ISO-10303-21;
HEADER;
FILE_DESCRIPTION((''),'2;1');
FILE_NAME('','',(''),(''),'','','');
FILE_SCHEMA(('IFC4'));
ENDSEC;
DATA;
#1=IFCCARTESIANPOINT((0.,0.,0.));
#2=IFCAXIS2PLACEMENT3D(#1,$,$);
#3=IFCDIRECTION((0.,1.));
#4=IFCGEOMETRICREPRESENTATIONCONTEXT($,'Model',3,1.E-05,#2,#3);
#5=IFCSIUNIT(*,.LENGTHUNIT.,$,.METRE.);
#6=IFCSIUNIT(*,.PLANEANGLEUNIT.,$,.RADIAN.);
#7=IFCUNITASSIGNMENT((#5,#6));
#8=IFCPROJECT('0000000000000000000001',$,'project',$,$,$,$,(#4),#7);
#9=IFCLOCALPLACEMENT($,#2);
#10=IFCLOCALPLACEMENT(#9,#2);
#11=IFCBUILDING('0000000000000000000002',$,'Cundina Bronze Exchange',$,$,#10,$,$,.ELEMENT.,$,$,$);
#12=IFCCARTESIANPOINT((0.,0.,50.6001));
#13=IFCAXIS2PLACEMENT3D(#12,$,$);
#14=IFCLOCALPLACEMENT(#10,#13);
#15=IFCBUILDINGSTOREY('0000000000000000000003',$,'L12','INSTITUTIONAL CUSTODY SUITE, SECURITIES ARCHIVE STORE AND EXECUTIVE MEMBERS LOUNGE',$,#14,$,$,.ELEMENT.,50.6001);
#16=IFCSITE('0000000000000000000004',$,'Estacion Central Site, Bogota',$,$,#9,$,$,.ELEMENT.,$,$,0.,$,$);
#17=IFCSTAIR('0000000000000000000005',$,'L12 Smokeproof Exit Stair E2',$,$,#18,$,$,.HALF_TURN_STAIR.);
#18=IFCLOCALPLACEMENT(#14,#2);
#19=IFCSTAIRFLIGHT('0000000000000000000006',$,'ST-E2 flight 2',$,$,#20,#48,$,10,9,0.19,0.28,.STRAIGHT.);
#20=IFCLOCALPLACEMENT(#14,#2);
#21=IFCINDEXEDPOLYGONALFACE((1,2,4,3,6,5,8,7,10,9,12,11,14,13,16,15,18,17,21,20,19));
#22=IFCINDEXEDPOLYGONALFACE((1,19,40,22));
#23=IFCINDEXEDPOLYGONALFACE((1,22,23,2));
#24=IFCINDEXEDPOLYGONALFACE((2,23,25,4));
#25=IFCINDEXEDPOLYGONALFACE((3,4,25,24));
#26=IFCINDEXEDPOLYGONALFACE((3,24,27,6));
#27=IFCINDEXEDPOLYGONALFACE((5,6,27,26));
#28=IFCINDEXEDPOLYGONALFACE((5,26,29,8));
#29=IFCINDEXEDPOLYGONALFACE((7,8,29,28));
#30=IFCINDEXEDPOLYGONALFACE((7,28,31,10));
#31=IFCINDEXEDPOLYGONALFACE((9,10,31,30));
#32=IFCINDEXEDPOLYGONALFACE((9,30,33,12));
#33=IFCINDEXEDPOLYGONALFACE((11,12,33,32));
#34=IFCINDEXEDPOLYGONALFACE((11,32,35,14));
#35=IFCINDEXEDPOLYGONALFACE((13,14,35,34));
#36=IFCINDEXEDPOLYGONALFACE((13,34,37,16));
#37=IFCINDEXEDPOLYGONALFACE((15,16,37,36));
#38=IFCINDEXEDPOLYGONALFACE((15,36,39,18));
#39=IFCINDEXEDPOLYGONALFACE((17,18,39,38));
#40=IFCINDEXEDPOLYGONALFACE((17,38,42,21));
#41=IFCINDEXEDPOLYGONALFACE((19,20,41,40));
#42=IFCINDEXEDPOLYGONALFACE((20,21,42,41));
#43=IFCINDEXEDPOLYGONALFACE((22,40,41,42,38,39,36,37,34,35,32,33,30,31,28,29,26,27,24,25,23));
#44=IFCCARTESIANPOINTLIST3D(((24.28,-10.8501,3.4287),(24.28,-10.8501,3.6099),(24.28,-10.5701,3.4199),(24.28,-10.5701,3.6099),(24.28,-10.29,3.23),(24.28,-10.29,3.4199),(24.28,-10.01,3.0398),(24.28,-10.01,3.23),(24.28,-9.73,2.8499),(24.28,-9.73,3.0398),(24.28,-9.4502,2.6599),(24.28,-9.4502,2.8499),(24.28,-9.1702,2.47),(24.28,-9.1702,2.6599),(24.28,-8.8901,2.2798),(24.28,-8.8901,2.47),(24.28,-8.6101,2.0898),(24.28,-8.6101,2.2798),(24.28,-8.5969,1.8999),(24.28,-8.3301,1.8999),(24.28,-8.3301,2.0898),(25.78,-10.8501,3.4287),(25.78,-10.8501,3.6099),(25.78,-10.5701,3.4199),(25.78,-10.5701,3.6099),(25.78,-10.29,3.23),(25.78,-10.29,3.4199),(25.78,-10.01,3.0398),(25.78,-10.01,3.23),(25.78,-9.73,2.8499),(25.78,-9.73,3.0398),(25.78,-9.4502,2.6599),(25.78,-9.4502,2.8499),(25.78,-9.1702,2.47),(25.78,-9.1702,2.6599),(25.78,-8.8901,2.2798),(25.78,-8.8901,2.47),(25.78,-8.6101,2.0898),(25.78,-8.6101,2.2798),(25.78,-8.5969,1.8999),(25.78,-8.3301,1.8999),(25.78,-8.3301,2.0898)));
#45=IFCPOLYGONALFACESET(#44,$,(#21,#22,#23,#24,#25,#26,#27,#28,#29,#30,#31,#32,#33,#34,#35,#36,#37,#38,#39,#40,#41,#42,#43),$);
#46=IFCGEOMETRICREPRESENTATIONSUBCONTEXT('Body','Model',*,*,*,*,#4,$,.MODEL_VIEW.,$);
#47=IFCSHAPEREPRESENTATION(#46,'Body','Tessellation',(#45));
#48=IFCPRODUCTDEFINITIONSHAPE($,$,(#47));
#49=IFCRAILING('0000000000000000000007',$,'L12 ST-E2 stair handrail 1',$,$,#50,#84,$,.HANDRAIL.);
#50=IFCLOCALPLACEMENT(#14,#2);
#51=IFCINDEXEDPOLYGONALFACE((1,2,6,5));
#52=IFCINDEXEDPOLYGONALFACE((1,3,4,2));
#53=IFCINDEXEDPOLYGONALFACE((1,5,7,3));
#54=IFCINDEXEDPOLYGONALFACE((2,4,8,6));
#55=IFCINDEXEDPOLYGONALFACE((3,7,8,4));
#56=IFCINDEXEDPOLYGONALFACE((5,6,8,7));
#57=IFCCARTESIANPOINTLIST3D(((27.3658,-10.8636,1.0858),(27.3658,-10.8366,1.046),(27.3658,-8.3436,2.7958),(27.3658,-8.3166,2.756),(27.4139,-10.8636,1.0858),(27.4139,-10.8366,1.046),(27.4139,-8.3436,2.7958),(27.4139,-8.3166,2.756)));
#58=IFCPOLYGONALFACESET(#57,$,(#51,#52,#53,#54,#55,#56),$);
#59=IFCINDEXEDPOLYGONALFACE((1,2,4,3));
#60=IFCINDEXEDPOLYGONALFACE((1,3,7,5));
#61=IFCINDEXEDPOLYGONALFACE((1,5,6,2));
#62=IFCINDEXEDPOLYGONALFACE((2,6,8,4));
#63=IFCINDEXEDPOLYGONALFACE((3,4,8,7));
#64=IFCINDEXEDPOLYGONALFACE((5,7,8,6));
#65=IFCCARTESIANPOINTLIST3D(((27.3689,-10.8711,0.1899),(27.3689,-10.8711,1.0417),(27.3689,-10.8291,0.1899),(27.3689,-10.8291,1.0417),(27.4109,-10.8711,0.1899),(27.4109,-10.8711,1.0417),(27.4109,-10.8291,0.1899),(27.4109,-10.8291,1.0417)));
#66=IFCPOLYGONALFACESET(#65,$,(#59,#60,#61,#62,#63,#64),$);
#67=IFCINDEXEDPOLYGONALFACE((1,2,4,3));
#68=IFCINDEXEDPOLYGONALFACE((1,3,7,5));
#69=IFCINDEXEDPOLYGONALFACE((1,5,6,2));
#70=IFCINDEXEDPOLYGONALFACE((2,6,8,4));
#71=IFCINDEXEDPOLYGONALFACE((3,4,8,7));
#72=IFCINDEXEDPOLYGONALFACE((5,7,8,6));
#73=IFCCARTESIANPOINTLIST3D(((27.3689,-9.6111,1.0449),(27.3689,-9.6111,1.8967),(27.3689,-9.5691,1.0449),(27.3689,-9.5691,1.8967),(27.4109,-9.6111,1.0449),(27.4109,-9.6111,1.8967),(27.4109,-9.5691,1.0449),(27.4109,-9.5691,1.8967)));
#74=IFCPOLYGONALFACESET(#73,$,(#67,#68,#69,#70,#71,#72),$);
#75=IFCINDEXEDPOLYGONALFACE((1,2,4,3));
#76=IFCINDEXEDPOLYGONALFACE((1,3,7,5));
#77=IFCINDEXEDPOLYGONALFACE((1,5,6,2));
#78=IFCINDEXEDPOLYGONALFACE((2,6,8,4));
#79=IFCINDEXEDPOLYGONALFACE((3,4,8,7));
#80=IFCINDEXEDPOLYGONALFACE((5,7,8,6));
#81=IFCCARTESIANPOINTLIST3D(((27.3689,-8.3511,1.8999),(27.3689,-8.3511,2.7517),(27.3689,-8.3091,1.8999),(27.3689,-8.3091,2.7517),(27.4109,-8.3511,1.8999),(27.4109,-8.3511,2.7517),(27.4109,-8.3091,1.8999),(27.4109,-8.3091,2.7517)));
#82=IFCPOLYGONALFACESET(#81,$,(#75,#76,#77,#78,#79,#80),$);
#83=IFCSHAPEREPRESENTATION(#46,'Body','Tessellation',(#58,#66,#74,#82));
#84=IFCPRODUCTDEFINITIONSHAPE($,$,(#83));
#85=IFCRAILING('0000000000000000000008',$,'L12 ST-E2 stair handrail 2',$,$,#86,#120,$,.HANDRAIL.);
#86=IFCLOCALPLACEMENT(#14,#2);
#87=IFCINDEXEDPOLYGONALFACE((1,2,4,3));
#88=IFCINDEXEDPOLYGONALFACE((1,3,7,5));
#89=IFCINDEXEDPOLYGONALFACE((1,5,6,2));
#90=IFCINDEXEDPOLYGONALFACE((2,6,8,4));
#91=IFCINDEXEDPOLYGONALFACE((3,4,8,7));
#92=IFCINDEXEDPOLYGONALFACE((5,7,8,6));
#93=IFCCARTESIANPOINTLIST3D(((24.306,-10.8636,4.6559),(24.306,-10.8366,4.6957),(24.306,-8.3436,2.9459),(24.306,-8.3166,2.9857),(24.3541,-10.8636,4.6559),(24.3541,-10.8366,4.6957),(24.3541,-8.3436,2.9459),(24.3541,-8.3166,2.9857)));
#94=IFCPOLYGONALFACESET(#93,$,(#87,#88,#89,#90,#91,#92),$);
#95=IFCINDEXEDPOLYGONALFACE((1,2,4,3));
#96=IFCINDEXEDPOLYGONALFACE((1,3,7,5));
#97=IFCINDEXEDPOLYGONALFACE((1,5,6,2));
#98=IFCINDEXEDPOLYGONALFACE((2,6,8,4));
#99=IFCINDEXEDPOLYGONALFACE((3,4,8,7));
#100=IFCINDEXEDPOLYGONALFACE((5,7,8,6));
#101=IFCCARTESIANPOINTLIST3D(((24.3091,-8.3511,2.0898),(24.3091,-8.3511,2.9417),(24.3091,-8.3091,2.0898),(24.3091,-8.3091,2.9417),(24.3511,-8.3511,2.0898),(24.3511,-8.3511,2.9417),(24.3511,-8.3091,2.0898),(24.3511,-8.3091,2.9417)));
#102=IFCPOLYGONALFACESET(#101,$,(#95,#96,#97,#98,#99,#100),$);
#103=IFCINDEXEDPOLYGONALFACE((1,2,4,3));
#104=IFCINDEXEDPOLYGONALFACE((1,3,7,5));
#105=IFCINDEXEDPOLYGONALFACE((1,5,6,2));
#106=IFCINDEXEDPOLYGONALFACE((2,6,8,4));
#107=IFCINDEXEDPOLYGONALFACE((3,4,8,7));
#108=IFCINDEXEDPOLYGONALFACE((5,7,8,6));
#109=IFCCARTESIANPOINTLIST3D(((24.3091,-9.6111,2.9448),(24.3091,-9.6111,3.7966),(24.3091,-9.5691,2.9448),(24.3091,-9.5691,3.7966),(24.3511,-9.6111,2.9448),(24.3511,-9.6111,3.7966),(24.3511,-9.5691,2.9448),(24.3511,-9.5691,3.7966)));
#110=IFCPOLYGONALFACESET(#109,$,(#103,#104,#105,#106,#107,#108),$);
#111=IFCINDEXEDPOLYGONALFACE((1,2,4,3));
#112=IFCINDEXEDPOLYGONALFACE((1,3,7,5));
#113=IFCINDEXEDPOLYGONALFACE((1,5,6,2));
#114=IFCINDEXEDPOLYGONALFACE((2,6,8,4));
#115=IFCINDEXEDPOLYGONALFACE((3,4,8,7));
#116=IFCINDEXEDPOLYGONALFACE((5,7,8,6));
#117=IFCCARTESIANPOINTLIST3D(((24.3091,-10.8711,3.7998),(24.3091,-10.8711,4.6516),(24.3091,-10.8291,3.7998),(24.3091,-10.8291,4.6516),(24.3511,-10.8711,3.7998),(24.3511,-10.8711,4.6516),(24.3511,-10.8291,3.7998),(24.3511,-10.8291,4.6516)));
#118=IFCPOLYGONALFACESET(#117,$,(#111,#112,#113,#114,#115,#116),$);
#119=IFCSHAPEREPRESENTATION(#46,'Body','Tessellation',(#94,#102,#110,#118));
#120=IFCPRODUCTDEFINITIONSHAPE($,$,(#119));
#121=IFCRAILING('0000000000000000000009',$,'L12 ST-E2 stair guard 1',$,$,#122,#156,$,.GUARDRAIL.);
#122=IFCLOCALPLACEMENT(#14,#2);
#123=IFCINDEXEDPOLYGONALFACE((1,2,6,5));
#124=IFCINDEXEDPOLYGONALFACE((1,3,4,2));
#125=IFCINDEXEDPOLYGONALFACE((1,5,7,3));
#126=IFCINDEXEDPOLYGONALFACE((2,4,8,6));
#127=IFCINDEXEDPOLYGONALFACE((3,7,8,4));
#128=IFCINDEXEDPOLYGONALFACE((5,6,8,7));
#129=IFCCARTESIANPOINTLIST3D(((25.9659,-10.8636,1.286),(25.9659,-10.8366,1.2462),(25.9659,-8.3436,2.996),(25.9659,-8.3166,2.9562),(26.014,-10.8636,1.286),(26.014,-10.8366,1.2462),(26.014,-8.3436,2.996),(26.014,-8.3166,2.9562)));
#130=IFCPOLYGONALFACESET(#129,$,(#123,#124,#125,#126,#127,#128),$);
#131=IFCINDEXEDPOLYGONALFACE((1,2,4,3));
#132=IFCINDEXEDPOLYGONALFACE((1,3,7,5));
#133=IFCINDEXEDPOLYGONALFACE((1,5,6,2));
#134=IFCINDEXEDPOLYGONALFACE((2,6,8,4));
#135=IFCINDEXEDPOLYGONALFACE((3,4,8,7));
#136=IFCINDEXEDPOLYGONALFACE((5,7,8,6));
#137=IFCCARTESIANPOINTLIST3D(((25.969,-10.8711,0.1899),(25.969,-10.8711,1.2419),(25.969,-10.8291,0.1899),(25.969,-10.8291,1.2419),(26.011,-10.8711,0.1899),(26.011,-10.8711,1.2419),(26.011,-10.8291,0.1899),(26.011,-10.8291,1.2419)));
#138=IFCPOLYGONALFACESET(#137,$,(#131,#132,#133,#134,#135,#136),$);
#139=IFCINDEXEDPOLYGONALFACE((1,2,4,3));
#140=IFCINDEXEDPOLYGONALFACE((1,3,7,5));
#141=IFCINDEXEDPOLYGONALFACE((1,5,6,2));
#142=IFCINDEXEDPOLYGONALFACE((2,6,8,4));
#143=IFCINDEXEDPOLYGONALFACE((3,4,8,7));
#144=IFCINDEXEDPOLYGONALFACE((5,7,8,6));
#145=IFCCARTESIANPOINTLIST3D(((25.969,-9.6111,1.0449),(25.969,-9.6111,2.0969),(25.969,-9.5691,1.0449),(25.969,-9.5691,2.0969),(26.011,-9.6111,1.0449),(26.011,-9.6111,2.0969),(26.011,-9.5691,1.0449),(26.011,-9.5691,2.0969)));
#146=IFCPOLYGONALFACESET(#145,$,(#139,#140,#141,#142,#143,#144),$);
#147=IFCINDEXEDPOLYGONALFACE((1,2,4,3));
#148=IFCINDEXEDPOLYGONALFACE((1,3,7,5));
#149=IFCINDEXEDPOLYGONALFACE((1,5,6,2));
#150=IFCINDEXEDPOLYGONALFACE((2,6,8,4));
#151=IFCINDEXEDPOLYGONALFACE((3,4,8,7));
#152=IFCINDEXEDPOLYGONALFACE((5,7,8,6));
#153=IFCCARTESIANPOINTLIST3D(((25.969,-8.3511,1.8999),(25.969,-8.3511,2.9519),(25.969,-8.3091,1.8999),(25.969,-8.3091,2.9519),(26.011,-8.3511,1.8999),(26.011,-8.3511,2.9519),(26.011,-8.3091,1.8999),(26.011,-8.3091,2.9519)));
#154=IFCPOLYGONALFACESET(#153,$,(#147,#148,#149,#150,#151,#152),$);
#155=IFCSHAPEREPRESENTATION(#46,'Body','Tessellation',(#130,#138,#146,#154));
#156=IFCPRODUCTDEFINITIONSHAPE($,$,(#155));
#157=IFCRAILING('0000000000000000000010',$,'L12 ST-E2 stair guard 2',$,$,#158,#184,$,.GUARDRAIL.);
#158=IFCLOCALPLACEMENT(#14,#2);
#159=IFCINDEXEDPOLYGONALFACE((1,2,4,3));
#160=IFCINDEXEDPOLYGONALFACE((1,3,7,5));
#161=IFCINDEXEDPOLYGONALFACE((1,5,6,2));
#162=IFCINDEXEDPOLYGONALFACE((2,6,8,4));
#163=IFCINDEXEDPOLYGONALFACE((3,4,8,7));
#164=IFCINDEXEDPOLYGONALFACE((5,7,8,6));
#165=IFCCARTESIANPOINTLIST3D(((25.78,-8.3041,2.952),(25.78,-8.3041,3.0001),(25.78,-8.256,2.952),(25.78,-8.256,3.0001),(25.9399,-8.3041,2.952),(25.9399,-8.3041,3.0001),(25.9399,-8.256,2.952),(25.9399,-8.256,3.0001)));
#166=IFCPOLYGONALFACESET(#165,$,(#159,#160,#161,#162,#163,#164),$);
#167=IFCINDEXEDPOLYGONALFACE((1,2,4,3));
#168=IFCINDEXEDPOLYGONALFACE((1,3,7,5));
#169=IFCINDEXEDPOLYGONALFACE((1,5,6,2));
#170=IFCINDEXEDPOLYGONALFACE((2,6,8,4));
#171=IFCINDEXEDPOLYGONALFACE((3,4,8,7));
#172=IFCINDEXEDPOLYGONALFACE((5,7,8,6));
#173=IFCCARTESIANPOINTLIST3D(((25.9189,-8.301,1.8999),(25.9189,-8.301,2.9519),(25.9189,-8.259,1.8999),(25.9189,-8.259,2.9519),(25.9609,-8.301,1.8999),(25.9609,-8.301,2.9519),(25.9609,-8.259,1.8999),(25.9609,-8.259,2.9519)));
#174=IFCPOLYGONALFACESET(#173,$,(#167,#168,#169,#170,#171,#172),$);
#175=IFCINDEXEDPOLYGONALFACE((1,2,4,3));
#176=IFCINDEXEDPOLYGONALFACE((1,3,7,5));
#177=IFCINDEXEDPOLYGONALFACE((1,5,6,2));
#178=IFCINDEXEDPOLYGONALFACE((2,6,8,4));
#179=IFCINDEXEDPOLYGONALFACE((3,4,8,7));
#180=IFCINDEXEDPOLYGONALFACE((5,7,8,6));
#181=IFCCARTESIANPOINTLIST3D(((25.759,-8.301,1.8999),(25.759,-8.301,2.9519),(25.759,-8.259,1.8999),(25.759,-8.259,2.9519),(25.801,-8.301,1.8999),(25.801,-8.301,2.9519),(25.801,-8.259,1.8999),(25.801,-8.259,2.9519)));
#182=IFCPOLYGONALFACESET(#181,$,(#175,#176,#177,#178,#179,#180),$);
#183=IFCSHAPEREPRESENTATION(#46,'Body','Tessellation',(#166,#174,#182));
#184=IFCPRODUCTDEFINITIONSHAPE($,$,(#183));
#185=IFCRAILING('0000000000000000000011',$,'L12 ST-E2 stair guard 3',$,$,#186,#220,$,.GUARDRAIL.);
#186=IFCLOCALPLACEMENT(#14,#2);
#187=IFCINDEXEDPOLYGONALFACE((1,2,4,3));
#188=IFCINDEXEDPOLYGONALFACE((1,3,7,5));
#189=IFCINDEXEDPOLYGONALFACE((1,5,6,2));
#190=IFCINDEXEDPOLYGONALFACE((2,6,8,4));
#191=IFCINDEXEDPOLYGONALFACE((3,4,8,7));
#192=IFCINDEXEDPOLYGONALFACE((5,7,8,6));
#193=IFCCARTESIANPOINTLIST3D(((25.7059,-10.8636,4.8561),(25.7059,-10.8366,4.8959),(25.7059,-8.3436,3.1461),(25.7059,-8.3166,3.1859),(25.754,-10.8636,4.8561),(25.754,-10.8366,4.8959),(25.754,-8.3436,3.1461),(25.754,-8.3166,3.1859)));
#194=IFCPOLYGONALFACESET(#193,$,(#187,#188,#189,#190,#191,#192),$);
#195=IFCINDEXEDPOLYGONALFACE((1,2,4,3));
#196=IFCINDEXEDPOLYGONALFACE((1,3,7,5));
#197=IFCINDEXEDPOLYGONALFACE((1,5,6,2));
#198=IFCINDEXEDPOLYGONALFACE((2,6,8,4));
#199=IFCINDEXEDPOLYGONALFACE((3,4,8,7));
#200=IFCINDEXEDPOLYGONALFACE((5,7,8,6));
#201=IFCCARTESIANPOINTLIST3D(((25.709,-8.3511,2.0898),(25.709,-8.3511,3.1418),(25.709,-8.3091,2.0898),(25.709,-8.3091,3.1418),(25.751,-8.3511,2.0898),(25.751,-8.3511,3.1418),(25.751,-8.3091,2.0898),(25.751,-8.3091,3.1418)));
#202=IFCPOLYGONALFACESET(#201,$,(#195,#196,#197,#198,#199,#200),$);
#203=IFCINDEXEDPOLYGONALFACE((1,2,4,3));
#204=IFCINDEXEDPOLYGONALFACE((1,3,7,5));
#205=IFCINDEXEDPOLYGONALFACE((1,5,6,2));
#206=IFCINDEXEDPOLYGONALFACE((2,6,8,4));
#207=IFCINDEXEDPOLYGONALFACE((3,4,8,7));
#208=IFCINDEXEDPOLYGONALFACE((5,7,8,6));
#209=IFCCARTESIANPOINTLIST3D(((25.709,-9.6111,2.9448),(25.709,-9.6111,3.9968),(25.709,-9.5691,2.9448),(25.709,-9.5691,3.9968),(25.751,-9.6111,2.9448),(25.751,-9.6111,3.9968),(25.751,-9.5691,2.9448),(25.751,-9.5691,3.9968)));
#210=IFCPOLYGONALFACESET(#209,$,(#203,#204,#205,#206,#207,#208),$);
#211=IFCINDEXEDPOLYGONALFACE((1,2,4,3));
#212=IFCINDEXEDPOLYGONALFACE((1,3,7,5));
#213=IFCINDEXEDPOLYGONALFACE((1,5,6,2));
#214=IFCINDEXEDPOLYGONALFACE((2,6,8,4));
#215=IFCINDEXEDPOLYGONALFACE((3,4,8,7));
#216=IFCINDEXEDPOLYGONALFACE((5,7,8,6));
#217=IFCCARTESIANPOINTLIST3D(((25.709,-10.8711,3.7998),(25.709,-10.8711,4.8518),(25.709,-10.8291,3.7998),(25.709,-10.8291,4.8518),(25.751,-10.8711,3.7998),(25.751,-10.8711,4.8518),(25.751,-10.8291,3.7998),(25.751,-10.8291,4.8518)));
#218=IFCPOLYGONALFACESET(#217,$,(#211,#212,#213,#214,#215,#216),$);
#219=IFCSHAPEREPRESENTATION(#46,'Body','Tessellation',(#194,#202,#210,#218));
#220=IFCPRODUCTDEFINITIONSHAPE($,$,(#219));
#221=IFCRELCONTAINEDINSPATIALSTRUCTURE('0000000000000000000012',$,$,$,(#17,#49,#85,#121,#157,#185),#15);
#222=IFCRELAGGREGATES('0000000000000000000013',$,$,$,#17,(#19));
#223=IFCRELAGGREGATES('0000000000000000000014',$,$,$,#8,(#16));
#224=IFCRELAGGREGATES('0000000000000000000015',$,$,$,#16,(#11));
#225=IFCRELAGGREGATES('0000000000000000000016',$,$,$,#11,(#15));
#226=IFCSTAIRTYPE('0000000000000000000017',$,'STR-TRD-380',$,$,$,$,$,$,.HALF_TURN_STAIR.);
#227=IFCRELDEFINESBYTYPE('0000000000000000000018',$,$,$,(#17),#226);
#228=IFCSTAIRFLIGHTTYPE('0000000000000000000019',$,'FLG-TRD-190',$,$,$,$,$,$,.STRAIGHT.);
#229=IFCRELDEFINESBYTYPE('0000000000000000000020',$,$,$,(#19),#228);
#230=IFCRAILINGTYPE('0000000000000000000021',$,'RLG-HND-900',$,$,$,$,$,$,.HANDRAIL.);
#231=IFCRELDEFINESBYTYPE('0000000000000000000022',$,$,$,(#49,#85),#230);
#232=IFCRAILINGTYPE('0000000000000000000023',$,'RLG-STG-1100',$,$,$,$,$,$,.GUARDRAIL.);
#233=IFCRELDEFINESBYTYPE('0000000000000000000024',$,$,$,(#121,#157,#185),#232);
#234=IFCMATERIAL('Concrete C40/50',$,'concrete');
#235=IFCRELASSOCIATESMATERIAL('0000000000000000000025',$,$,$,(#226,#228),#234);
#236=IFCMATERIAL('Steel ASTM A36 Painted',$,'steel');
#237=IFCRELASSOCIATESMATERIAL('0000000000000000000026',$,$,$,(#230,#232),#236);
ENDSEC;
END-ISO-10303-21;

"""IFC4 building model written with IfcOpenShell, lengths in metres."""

from ifc_helpers import new_model, si_unit, direction, frame, origin, origin_2d, place, context, subcontext, project, spatial, polyline, rectangle, outline, extrude, material, type_object, element, aggregate, save


model = new_model("IFC4")

# Units and contexts
model_context = context("Model", 3, precision=1e-05, world=origin(), true_north=direction((0.0, 1.0)))
body_context = subcontext(model_context, "Body", "Model", "MODEL_VIEW")
ifc_project = project(units=[si_unit("LENGTHUNIT", "METRE"), si_unit("PLANEANGLEUNIT", "RADIAN")], contexts=[model_context])

# Site, building, storey
site_placement = place(None, origin())
site = spatial("IfcSite", under=ifc_project, at=site_placement, Name="Estacion Central Site, Bogota", CompositionType="ELEMENT", RefElevation=0.0)
building_placement = place(site_placement, origin())
building = spatial("IfcBuilding", under=site, at=building_placement, Name="Cundina Bronze Exchange", CompositionType="ELEMENT")
storey_placement = place(building_placement, frame((0.0, 0.0, 50.6001)))
storey = spatial("IfcBuildingStorey", under=building, at=storey_placement, Name="L12", Description="INSTITUTIONAL CUSTODY SUITE, SECURITIES ARCHIVE STORE AND EXECUTIVE MEMBERS LOUNGE", CompositionType="ELEMENT", Elevation=50.6001)

# Shared definitions
ifc_material_1 = material(Name="Steel ASTM A36 Painted", Category="steel")

# Stair, stair flight
ifc_material_2 = material(Name="Concrete C40/50", Category="concrete")
stair_type = type_object("IfcStairType", Name="STR-TRD-380", PredefinedType="HALF_TURN_STAIR", material=ifc_material_2)
stair_placement = place(storey_placement, origin())
stair = element("IfcStair", 1, at=stair_placement, inside=storey, type_object=stair_type, Name="L12 Smokeproof Exit Stair E2", PredefinedType="HALF_TURN_STAIR")
stair_flight_type = type_object("IfcStairFlightType", Name="FLG-TRD-190", PredefinedType="STRAIGHT", material=ifc_material_2)
stair_flight_1_placement = place(storey_placement, frame((25.03, -8.3301, 1.8999), z_axis=(0.0, 0.0, 1.0), x_axis=(0.0, -1.0, 0.0)))
stair_flight_1 = element("IfcStairFlight", 2, at=stair_flight_1_placement, type_object=stair_flight_type, Name="ST-E2 flight 2", NumberOfRisers=10, NumberOfTreads=9, PredefinedType="STRAIGHT", RiserHeight=0.19, TreadLength=0.28, context=body_context, shape_type="SweptSolid", body=[
    extrude(outline(polyline([(0.0, 0.0), (0.0, 0.1899), (0.28, 0.1899), (0.28, 0.3799), (0.5601, 0.3799), (0.5601, 0.5701), (0.8401, 0.5701), (0.8401, 0.76), (1.1201, 0.76), (1.1201, 0.95), (1.3999, 0.95), (1.3999, 1.1399), (1.6799, 1.1399), (1.6799, 1.3301), (1.96, 1.3301), (1.96, 1.52), (2.24, 1.52), (2.24, 1.71), (2.52, 1.71), (2.52, 1.8999), (2.52, 1.5288), (0.2668, 0.0), (0.0, 0.0)])), frame((0.0, 0.75, 0.0), z_axis=(0.0, -1.0, 0.0), x_axis=(1.0, 0.0, 0.0)), (0.0, 0.0, 1.0), 1.5),
])
aggregate(stair, [stair_flight_1])

# Railings
railing_type_1 = type_object("IfcRailingType", Name="RLG-HND-900", PredefinedType="HANDRAIL", material=ifc_material_1)
railing_1_placement = place(storey_placement, frame((27.3899, -10.8501, 0.1899)))
element("IfcRailing", 3, at=railing_1_placement, inside=storey, type_object=railing_type_1, Name="L12 ST-E2 stair handrail 1", PredefinedType="HANDRAIL", context=body_context, shape_type="SweptSolid", body=[
    extrude(rectangle(XDim=0.0481, YDim=0.0481, at=origin_2d()), frame((0.0, 0.0, 0.876), z_axis=(0.0, 0.827484, 0.56149), x_axis=(-1.0, 0.0, 0.0)), (0.0, 0.0, 1.0), 3.0454),
    extrude(rectangle(XDim=0.042, YDim=0.042, at=origin_2d()), origin(), (0.0, 0.0, 1.0), 0.8518),
    extrude(rectangle(XDim=0.042, YDim=0.042, at=origin_2d()), frame((0.0, 1.26, 0.855)), (0.0, 0.0, 1.0), 0.8518),
    extrude(rectangle(XDim=0.042, YDim=0.042, at=origin_2d()), frame((0.0, 2.52, 1.71)), (0.0, 0.0, 1.0), 0.8518),
])
railing_2_placement = place(storey_placement, frame((24.3301, -8.3301, 2.0898)))
element("IfcRailing", 4, at=railing_2_placement, inside=storey, type_object=railing_type_1, Name="L12 ST-E2 stair handrail 2", PredefinedType="HANDRAIL", context=body_context, shape_type="SweptSolid", body=[
    extrude(rectangle(XDim=0.0481, YDim=0.0481, at=origin_2d()), frame((0.0, 0.0, 0.876), z_axis=(0.0, -0.827484, 0.56149), x_axis=(1.0, 0.0, 0.0)), (0.0, 0.0, 1.0), 3.0454),
    extrude(rectangle(XDim=0.042, YDim=0.042, at=origin_2d()), origin(), (0.0, 0.0, 1.0), 0.8518),
    extrude(rectangle(XDim=0.042, YDim=0.042, at=origin_2d()), frame((0.0, -1.26, 0.855)), (0.0, 0.0, 1.0), 0.8518),
    extrude(rectangle(XDim=0.042, YDim=0.042, at=origin_2d()), frame((0.0, -2.52, 1.71)), (0.0, 0.0, 1.0), 0.8518),
])
railing_type_2 = type_object("IfcRailingType", Name="RLG-STG-1100", PredefinedType="GUARDRAIL", material=ifc_material_1)
railing_3_placement = place(storey_placement, frame((25.99, -10.8501, 0.1899)))
element("IfcRailing", 5, at=railing_3_placement, inside=storey, type_object=railing_type_2, Name="L12 ST-E2 stair guard 1", PredefinedType="GUARDRAIL", context=body_context, shape_type="SweptSolid", body=[
    extrude(rectangle(XDim=0.0481, YDim=0.0481, at=origin_2d()), frame((0.0, 0.0, 1.0762), z_axis=(0.0, 0.827484, 0.56149), x_axis=(-1.0, 0.0, 0.0)), (0.0, 0.0, 1.0), 3.0454),
    extrude(rectangle(XDim=0.042, YDim=0.042, at=origin_2d()), origin(), (0.0, 0.0, 1.0), 1.052),
    extrude(rectangle(XDim=0.042, YDim=0.042, at=origin_2d()), frame((0.0, 1.26, 0.855)), (0.0, 0.0, 1.0), 1.052),
    extrude(rectangle(XDim=0.042, YDim=0.042, at=origin_2d()), frame((0.0, 2.52, 1.71)), (0.0, 0.0, 1.0), 1.052),
])
railing_4_placement = place(storey_placement, frame((25.9399, -8.28, 1.8999)))
element("IfcRailing", 6, at=railing_4_placement, inside=storey, type_object=railing_type_2, Name="L12 ST-E2 stair guard 2", PredefinedType="GUARDRAIL", context=body_context, shape_type="SweptSolid", body=[
    extrude(rectangle(XDim=0.0481, YDim=0.0481, at=origin_2d()), frame((0.0, 0.0, 1.0762), z_axis=(-1.0, 0.0, 0.0), x_axis=(0.0, -1.0, 0.0)), (0.0, 0.0, 1.0), 0.1599),
    extrude(rectangle(XDim=0.042, YDim=0.042, at=origin_2d()), origin(), (0.0, 0.0, 1.0), 1.052),
    extrude(rectangle(XDim=0.042, YDim=0.042, at=origin_2d()), frame((-0.1599, 0.0, 0.0)), (0.0, 0.0, 1.0), 1.052),
])
railing_5_placement = place(storey_placement, frame((25.73, -8.3301, 2.0898)))
element("IfcRailing", 7, at=railing_5_placement, inside=storey, type_object=railing_type_2, Name="L12 ST-E2 stair guard 3", PredefinedType="GUARDRAIL", context=body_context, shape_type="SweptSolid", body=[
    extrude(rectangle(XDim=0.0481, YDim=0.0481, at=origin_2d()), frame((0.0, 0.0, 1.0762), z_axis=(0.0, -0.827484, 0.56149), x_axis=(1.0, 0.0, 0.0)), (0.0, 0.0, 1.0), 3.0454),
    extrude(rectangle(XDim=0.042, YDim=0.042, at=origin_2d()), origin(), (0.0, 0.0, 1.0), 1.052),
    extrude(rectangle(XDim=0.042, YDim=0.042, at=origin_2d()), frame((0.0, -1.26, 0.855)), (0.0, 0.0, 1.0), 1.052),
    extrude(rectangle(XDim=0.042, YDim=0.042, at=origin_2d()), frame((0.0, -2.52, 1.71)), (0.0, 0.0, 1.0), 1.052),
])

save(model, "model.ifc")
